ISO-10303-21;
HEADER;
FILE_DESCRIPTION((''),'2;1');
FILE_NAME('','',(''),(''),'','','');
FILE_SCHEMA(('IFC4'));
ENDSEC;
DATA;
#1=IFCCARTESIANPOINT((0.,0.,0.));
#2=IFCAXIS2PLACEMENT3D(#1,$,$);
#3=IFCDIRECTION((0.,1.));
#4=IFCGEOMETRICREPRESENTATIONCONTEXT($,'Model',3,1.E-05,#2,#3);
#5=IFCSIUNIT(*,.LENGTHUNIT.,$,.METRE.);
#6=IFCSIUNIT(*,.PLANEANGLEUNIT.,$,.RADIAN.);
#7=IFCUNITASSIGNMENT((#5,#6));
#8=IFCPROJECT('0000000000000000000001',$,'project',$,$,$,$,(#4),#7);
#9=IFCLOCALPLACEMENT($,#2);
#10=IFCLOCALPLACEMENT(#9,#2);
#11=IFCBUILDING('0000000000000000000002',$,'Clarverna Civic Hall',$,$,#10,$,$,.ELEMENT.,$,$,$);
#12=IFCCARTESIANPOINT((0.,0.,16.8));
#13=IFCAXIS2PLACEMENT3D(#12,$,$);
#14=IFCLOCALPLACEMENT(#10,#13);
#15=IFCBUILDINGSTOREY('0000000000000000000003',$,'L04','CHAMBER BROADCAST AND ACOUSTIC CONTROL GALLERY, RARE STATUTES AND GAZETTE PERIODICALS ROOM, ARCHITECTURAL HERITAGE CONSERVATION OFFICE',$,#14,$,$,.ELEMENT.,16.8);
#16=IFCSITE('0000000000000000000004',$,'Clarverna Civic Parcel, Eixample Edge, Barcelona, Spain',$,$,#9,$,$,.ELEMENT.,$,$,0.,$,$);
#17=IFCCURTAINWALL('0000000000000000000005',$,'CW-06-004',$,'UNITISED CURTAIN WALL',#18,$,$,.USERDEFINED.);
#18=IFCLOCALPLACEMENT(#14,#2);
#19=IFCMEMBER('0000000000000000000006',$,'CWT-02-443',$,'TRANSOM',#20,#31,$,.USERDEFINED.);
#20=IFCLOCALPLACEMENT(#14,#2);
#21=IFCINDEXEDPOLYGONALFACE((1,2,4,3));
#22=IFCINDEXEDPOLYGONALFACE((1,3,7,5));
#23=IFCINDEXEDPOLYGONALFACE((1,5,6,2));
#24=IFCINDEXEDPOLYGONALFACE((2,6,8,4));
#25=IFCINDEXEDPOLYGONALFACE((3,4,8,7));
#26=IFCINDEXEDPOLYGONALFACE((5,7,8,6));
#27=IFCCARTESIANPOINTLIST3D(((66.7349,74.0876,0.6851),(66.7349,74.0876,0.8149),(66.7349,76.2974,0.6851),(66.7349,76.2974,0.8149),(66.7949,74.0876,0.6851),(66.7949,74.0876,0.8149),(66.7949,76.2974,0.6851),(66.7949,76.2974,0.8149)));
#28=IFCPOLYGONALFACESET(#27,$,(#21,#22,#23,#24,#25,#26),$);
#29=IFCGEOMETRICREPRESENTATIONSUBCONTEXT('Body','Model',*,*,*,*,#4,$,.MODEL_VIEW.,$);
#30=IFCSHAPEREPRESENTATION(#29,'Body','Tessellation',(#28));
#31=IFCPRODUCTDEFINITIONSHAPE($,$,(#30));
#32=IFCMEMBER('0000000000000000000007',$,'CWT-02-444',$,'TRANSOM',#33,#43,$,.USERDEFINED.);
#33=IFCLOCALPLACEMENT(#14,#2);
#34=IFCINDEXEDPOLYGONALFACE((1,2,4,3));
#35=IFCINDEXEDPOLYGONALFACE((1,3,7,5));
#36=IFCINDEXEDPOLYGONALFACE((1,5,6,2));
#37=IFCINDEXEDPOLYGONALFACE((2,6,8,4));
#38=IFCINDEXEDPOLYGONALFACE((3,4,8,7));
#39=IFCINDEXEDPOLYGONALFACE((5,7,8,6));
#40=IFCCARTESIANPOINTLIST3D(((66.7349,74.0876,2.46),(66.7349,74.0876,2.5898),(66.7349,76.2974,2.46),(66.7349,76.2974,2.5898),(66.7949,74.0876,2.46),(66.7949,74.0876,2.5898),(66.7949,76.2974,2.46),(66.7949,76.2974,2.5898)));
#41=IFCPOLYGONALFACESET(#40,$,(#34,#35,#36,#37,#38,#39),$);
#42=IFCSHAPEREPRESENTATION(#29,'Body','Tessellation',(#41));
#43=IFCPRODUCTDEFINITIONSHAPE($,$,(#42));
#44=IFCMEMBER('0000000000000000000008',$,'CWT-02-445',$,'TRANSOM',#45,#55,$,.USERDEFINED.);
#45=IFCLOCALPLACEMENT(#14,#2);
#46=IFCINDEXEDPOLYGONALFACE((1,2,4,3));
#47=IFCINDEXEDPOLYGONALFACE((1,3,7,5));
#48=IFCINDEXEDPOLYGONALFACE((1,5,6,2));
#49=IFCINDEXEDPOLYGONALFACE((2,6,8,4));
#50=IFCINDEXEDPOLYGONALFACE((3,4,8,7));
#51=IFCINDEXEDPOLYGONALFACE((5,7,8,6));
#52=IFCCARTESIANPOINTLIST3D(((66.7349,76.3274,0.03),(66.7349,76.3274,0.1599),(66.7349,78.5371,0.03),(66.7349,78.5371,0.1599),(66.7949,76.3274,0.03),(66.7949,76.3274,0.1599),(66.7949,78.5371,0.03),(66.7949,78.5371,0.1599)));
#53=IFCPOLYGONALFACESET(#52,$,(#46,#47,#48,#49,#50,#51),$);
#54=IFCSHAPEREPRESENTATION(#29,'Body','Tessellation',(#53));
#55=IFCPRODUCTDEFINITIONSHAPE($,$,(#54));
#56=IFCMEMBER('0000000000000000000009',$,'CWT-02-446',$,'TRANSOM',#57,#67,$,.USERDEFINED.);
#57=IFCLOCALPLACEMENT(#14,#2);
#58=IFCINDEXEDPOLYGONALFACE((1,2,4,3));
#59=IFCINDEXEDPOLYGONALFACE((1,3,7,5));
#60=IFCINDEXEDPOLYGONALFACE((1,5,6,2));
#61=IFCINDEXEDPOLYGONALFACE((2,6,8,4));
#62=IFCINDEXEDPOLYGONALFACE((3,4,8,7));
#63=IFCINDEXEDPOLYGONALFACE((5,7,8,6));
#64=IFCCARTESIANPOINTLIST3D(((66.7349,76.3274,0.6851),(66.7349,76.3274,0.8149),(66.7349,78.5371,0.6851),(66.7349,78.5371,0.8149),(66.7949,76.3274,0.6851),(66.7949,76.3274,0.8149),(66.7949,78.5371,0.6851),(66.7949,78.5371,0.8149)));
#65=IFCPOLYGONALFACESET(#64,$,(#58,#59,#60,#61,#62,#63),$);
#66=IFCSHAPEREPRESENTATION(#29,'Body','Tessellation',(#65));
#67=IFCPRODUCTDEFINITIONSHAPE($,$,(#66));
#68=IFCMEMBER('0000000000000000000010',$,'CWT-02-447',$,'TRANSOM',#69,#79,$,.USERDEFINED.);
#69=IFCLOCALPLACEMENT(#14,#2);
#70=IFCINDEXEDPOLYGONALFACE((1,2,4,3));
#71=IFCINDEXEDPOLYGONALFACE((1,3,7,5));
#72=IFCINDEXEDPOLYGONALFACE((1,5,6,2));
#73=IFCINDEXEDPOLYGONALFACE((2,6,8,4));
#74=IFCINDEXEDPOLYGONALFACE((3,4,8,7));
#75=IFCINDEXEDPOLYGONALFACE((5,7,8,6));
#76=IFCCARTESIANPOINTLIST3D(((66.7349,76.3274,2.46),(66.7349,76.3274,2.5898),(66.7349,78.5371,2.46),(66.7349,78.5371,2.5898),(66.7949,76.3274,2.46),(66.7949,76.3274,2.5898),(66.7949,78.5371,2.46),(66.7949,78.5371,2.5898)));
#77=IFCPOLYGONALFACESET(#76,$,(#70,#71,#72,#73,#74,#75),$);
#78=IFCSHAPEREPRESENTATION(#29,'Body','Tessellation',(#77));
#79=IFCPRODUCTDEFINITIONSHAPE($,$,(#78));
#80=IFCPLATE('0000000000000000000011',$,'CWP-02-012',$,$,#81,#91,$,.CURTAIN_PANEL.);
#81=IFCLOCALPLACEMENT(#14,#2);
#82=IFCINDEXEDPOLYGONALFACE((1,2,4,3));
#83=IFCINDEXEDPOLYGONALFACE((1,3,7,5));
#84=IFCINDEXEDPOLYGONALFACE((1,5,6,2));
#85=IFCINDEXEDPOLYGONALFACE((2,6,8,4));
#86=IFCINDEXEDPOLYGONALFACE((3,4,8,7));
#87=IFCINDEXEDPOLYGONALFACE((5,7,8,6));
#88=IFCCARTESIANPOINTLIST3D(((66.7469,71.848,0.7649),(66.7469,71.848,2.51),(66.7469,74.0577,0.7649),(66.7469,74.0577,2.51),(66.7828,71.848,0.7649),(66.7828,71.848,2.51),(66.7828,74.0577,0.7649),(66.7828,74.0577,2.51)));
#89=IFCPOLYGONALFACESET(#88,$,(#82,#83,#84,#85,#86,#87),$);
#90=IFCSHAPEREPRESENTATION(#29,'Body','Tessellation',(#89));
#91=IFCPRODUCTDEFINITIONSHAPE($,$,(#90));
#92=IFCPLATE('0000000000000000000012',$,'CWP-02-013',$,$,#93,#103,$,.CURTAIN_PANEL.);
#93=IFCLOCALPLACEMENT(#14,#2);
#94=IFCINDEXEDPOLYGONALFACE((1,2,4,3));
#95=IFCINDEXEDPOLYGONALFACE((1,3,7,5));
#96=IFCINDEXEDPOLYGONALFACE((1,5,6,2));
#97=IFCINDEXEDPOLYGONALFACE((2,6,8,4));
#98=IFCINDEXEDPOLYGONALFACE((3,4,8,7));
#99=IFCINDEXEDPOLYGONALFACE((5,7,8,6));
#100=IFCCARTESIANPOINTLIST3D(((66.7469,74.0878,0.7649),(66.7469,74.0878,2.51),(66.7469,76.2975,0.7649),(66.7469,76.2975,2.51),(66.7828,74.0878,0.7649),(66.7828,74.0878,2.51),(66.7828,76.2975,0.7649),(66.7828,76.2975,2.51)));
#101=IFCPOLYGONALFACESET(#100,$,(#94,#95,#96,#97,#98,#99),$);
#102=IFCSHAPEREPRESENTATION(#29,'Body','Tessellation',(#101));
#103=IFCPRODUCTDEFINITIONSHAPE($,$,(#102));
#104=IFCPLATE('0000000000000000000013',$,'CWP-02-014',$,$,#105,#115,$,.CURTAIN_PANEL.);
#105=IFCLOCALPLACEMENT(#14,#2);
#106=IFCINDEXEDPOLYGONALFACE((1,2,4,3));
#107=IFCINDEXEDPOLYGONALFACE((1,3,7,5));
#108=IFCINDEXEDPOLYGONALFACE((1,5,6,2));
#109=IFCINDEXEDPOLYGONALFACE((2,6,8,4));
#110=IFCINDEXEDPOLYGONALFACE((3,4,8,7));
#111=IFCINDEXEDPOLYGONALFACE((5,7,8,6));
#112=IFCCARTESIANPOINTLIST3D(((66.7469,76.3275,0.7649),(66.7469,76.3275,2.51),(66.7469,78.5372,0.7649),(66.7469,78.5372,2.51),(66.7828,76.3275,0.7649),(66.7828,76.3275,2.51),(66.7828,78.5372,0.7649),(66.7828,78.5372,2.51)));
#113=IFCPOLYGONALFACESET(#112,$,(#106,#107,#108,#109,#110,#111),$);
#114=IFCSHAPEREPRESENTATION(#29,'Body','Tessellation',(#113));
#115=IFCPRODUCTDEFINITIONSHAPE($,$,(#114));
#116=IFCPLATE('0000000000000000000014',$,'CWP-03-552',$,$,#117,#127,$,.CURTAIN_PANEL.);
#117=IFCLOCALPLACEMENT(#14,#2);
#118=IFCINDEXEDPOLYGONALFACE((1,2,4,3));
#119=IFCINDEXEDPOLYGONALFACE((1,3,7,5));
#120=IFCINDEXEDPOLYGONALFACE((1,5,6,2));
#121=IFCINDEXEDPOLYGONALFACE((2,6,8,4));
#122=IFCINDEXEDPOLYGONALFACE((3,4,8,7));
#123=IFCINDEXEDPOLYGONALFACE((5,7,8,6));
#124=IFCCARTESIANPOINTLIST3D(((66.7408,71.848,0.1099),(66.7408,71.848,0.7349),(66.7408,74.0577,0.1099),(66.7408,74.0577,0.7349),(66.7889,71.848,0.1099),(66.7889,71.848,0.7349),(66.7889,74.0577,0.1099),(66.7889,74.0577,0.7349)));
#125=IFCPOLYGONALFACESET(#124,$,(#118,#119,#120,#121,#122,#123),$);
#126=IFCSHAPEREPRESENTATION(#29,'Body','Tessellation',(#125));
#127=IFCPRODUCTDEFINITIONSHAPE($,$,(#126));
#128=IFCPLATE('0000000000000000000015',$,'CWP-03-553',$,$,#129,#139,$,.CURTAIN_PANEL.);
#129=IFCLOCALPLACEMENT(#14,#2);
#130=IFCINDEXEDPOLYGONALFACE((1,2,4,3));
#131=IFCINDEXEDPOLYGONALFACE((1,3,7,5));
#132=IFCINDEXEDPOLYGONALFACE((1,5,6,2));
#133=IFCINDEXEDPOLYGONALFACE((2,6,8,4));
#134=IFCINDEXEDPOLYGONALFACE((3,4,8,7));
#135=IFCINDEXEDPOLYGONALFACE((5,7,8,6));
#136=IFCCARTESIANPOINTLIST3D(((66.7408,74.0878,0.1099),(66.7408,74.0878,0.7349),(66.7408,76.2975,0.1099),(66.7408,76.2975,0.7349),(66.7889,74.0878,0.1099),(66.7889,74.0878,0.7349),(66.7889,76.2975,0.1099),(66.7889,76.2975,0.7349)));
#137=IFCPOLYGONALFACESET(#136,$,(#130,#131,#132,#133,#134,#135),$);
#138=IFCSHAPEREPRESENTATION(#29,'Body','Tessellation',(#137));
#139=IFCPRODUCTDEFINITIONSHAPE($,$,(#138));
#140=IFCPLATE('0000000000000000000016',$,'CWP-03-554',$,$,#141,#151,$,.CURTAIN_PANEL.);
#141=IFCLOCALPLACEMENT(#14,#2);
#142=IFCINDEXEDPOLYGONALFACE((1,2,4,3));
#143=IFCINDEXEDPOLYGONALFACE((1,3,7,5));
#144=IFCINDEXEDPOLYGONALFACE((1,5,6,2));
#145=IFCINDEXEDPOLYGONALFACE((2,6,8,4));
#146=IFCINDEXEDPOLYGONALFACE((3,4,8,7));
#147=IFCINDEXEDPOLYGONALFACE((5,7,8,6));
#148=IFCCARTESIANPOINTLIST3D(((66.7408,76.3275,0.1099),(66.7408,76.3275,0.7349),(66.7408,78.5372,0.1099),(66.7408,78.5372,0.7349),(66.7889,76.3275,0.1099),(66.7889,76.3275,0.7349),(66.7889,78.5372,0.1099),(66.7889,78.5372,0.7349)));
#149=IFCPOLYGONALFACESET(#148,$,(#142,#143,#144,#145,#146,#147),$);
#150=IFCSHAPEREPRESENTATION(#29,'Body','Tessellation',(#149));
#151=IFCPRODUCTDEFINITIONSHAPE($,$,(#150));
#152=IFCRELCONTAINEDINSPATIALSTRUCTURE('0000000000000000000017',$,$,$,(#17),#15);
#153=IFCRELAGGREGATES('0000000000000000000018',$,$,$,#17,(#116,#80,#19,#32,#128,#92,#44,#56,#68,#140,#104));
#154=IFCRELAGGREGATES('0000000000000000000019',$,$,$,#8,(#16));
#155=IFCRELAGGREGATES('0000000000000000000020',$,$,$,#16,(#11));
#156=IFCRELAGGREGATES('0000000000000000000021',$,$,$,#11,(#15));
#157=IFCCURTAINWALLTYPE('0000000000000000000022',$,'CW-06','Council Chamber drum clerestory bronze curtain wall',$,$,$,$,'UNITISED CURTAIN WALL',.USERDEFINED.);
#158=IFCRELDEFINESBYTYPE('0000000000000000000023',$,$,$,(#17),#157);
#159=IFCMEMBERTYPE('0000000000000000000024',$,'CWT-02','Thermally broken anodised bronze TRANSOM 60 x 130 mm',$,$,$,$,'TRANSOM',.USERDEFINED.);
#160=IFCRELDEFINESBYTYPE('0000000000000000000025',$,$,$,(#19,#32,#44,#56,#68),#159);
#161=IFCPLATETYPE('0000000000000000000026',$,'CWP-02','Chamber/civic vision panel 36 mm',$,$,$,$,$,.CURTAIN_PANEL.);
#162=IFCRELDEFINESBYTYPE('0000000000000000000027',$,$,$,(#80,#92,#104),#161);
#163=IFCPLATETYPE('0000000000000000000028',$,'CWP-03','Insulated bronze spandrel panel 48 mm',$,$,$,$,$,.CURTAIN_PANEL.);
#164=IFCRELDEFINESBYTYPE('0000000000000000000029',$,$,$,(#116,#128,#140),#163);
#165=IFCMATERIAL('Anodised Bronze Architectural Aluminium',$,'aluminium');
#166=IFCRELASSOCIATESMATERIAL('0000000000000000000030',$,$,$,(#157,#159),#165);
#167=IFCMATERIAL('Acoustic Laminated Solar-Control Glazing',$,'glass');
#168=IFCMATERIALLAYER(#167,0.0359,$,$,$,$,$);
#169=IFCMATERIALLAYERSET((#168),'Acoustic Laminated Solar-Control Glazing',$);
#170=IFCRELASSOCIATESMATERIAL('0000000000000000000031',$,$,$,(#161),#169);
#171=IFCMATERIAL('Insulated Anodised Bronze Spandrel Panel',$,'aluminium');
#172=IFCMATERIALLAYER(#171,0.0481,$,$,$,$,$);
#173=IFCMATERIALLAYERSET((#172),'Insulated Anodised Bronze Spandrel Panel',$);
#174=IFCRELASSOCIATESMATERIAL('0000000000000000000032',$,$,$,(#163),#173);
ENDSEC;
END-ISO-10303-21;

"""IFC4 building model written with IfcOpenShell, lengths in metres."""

from ifc_helpers import new_model, si_unit, direction, frame, frame_2d, origin, origin_2d, place, context, subcontext, project, spatial, rectangle, extrude, material, layer, layer_set, material_profile, profile_set, type_object, element, aggregate, save


model = new_model("IFC4")

# Units and contexts
model_context = context("Model", 3, precision=1e-05, world=origin(), true_north=direction((0.0, 1.0)))
body_context = subcontext(model_context, "Body", "Model", "MODEL_VIEW")
ifc_project = project(units=[si_unit("LENGTHUNIT", "METRE"), si_unit("PLANEANGLEUNIT", "RADIAN")], contexts=[model_context])

# Site, building, storey
site_placement = place(None, origin())
site = spatial("IfcSite", under=ifc_project, at=site_placement, Name="Clarverna Civic Parcel, Eixample Edge, Barcelona, Spain", CompositionType="ELEMENT", RefElevation=0.0)
building_placement = place(site_placement, origin())
building = spatial("IfcBuilding", under=site, at=building_placement, Name="Clarverna Civic Hall", CompositionType="ELEMENT")
storey_placement = place(building_placement, frame((0.0, 0.0, 16.8)))
storey = spatial("IfcBuildingStorey", under=building, at=storey_placement, Name="L04", Description="CHAMBER BROADCAST AND ACOUSTIC CONTROL GALLERY, RARE STATUTES AND GAZETTE PERIODICALS ROOM, ARCHITECTURAL HERITAGE CONSERVATION OFFICE", CompositionType="ELEMENT", Elevation=16.8)

# Curtain wall
ifc_material_1 = material(Name="Anodised Bronze Architectural Aluminium", Category="aluminium")
curtain_wall_type = type_object("IfcCurtainWallType", Name="CW-06", Description="Council Chamber drum clerestory bronze curtain wall", ElementType="UNITISED CURTAIN WALL", PredefinedType="USERDEFINED", material=ifc_material_1)
curtain_wall_1_placement = place(storey_placement, origin())
curtain_wall_1 = element("IfcCurtainWall", 1, at=curtain_wall_1_placement, inside=storey, type_object=curtain_wall_type, Name="CW-06-004", ObjectType="UNITISED CURTAIN WALL", PredefinedType="USERDEFINED")

# Members
ifc_material_profile_1 = material_profile(ifc_material_1, rectangle(XDim=0.0601, YDim=0.1299, at=origin_2d()), Name="BRONZE 60x130")
ifc_profile_set_1 = profile_set([ifc_material_profile_1], Name="Anodised Bronze Architectural Aluminium")
member_type_1 = type_object("IfcMemberType", Name="CWT-02", Description="Thermally broken anodised bronze TRANSOM 60 x 130 mm", ElementType="TRANSOM", PredefinedType="USERDEFINED", material=ifc_profile_set_1)
member_1_placement = place(storey_placement, frame((66.7649, 74.0876, 0.75), z_axis=(0.0, 1.0, 0.0), x_axis=(-1.0, 0.0, 0.0)))
member_1 = element("IfcMember", 2, at=member_1_placement, type_object=member_type_1, Name="CWT-02-443", ObjectType="TRANSOM", PredefinedType="USERDEFINED", context=body_context, shape_type="SweptSolid", body=[
    extrude(rectangle(XDim=0.0601, YDim=0.1299, at=origin_2d()), origin(), (0.0, 0.0, 1.0), 2.2097),
])
member_2_placement = place(storey_placement, frame((66.7649, 74.0876, 2.5249), z_axis=(0.0, 1.0, 0.0), x_axis=(-1.0, 0.0, 0.0)))
member_2 = element("IfcMember", 3, at=member_2_placement, type_object=member_type_1, Name="CWT-02-444", ObjectType="TRANSOM", PredefinedType="USERDEFINED", context=body_context, shape_type="SweptSolid", body=[
    extrude(rectangle(XDim=0.0601, YDim=0.1299, at=origin_2d()), origin(), (0.0, 0.0, 1.0), 2.2097),
])
member_3_placement = place(storey_placement, frame((66.7649, 76.3274, 0.095), z_axis=(0.0, 1.0, 0.0), x_axis=(-1.0, 0.0, 0.0)))
member_3 = element("IfcMember", 4, at=member_3_placement, type_object=member_type_1, Name="CWT-02-445", ObjectType="TRANSOM", PredefinedType="USERDEFINED", context=body_context, shape_type="SweptSolid", body=[
    extrude(rectangle(XDim=0.0601, YDim=0.1299, at=origin_2d()), origin(), (0.0, 0.0, 1.0), 2.2097),
])
member_4_placement = place(storey_placement, frame((66.7649, 76.3274, 0.75), z_axis=(0.0, 1.0, 0.0), x_axis=(-1.0, 0.0, 0.0)))
member_4 = element("IfcMember", 5, at=member_4_placement, type_object=member_type_1, Name="CWT-02-446", ObjectType="TRANSOM", PredefinedType="USERDEFINED", context=body_context, shape_type="SweptSolid", body=[
    extrude(rectangle(XDim=0.0601, YDim=0.1299, at=origin_2d()), origin(), (0.0, 0.0, 1.0), 2.2097),
])
member_5_placement = place(storey_placement, frame((66.7649, 76.3274, 2.5249), z_axis=(0.0, 1.0, 0.0), x_axis=(-1.0, 0.0, 0.0)))
member_5 = element("IfcMember", 6, at=member_5_placement, type_object=member_type_1, Name="CWT-02-447", ObjectType="TRANSOM", PredefinedType="USERDEFINED", context=body_context, shape_type="SweptSolid", body=[
    extrude(rectangle(XDim=0.0601, YDim=0.1299, at=origin_2d()), origin(), (0.0, 0.0, 1.0), 2.2097),
])

# Plates
ifc_material_2 = material(Name="Acoustic Laminated Solar-Control Glazing", Category="glass")
ifc_layer_1 = layer(ifc_material_2, 0.0359)
ifc_layer_set_1 = layer_set([ifc_layer_1], Name="Acoustic Laminated Solar-Control Glazing")
plate_type_1 = type_object("IfcPlateType", Name="CWP-02", Description="Chamber/civic vision panel 36 mm", PredefinedType="CURTAIN_PANEL", material=ifc_layer_set_1)
plate_1_placement = place(storey_placement, frame((66.7649, 71.8479, 0.7649), z_axis=(0.0, 0.0, 1.0), x_axis=(0.0, 1.0, 0.0)))
plate_1 = element("IfcPlate", 7, at=plate_1_placement, type_object=plate_type_1, Name="CWP-02-012", PredefinedType="CURTAIN_PANEL", context=body_context, shape_type="SweptSolid", body=[
    extrude(rectangle(XDim=2.2097, YDim=0.0359, at=frame_2d((1.105, 0.0))), origin(), (0.0, 0.0, 1.0), 1.7451),
])
plate_2_placement = place(storey_placement, frame((66.7649, 74.0876, 0.7649), z_axis=(0.0, 0.0, 1.0), x_axis=(0.0, 1.0, 0.0)))
plate_2 = element("IfcPlate", 8, at=plate_2_placement, type_object=plate_type_1, Name="CWP-02-013", PredefinedType="CURTAIN_PANEL", context=body_context, shape_type="SweptSolid", body=[
    extrude(rectangle(XDim=2.2097, YDim=0.0359, at=frame_2d((1.105, 0.0))), origin(), (0.0, 0.0, 1.0), 1.7451),
])
plate_3_placement = place(storey_placement, frame((66.7649, 76.3274, 0.7649), z_axis=(0.0, 0.0, 1.0), x_axis=(0.0, 1.0, 0.0)))
plate_3 = element("IfcPlate", 9, at=plate_3_placement, type_object=plate_type_1, Name="CWP-02-014", PredefinedType="CURTAIN_PANEL", context=body_context, shape_type="SweptSolid", body=[
    extrude(rectangle(XDim=2.2097, YDim=0.0359, at=frame_2d((1.105, 0.0))), origin(), (0.0, 0.0, 1.0), 1.7451),
])
ifc_material_3 = material(Name="Insulated Anodised Bronze Spandrel Panel", Category="aluminium")
ifc_layer_2 = layer(ifc_material_3, 0.0481)
ifc_layer_set_2 = layer_set([ifc_layer_2], Name="Insulated Anodised Bronze Spandrel Panel")
plate_type_2 = type_object("IfcPlateType", Name="CWP-03", Description="Insulated bronze spandrel panel 48 mm", PredefinedType="CURTAIN_PANEL", material=ifc_layer_set_2)
plate_4_placement = place(storey_placement, frame((66.7649, 71.8479, 0.1099), z_axis=(0.0, 0.0, 1.0), x_axis=(0.0, 1.0, 0.0)))
plate_4 = element("IfcPlate", 10, at=plate_4_placement, type_object=plate_type_2, Name="CWP-03-552", PredefinedType="CURTAIN_PANEL", context=body_context, shape_type="SweptSolid", body=[
    extrude(rectangle(XDim=2.2097, YDim=0.0481, at=frame_2d((1.105, 0.0))), origin(), (0.0, 0.0, 1.0), 0.625),
])
plate_5_placement = place(storey_placement, frame((66.7649, 74.0876, 0.1099), z_axis=(0.0, 0.0, 1.0), x_axis=(0.0, 1.0, 0.0)))
plate_5 = element("IfcPlate", 11, at=plate_5_placement, type_object=plate_type_2, Name="CWP-03-553", PredefinedType="CURTAIN_PANEL", context=body_context, shape_type="SweptSolid", body=[
    extrude(rectangle(XDim=2.2097, YDim=0.0481, at=frame_2d((1.105, 0.0))), origin(), (0.0, 0.0, 1.0), 0.625),
])
plate_6_placement = place(storey_placement, frame((66.7649, 76.3274, 0.1099), z_axis=(0.0, 0.0, 1.0), x_axis=(0.0, 1.0, 0.0)))
plate_6 = element("IfcPlate", 12, at=plate_6_placement, type_object=plate_type_2, Name="CWP-03-554", PredefinedType="CURTAIN_PANEL", context=body_context, shape_type="SweptSolid", body=[
    extrude(rectangle(XDim=2.2097, YDim=0.0481, at=frame_2d((1.105, 0.0))), origin(), (0.0, 0.0, 1.0), 0.625),
])
aggregate(curtain_wall_1, [plate_4, plate_1, member_1, member_2, plate_5, plate_2, member_3, member_4, member_5, plate_6, plate_3])

save(model, "model.ifc")
